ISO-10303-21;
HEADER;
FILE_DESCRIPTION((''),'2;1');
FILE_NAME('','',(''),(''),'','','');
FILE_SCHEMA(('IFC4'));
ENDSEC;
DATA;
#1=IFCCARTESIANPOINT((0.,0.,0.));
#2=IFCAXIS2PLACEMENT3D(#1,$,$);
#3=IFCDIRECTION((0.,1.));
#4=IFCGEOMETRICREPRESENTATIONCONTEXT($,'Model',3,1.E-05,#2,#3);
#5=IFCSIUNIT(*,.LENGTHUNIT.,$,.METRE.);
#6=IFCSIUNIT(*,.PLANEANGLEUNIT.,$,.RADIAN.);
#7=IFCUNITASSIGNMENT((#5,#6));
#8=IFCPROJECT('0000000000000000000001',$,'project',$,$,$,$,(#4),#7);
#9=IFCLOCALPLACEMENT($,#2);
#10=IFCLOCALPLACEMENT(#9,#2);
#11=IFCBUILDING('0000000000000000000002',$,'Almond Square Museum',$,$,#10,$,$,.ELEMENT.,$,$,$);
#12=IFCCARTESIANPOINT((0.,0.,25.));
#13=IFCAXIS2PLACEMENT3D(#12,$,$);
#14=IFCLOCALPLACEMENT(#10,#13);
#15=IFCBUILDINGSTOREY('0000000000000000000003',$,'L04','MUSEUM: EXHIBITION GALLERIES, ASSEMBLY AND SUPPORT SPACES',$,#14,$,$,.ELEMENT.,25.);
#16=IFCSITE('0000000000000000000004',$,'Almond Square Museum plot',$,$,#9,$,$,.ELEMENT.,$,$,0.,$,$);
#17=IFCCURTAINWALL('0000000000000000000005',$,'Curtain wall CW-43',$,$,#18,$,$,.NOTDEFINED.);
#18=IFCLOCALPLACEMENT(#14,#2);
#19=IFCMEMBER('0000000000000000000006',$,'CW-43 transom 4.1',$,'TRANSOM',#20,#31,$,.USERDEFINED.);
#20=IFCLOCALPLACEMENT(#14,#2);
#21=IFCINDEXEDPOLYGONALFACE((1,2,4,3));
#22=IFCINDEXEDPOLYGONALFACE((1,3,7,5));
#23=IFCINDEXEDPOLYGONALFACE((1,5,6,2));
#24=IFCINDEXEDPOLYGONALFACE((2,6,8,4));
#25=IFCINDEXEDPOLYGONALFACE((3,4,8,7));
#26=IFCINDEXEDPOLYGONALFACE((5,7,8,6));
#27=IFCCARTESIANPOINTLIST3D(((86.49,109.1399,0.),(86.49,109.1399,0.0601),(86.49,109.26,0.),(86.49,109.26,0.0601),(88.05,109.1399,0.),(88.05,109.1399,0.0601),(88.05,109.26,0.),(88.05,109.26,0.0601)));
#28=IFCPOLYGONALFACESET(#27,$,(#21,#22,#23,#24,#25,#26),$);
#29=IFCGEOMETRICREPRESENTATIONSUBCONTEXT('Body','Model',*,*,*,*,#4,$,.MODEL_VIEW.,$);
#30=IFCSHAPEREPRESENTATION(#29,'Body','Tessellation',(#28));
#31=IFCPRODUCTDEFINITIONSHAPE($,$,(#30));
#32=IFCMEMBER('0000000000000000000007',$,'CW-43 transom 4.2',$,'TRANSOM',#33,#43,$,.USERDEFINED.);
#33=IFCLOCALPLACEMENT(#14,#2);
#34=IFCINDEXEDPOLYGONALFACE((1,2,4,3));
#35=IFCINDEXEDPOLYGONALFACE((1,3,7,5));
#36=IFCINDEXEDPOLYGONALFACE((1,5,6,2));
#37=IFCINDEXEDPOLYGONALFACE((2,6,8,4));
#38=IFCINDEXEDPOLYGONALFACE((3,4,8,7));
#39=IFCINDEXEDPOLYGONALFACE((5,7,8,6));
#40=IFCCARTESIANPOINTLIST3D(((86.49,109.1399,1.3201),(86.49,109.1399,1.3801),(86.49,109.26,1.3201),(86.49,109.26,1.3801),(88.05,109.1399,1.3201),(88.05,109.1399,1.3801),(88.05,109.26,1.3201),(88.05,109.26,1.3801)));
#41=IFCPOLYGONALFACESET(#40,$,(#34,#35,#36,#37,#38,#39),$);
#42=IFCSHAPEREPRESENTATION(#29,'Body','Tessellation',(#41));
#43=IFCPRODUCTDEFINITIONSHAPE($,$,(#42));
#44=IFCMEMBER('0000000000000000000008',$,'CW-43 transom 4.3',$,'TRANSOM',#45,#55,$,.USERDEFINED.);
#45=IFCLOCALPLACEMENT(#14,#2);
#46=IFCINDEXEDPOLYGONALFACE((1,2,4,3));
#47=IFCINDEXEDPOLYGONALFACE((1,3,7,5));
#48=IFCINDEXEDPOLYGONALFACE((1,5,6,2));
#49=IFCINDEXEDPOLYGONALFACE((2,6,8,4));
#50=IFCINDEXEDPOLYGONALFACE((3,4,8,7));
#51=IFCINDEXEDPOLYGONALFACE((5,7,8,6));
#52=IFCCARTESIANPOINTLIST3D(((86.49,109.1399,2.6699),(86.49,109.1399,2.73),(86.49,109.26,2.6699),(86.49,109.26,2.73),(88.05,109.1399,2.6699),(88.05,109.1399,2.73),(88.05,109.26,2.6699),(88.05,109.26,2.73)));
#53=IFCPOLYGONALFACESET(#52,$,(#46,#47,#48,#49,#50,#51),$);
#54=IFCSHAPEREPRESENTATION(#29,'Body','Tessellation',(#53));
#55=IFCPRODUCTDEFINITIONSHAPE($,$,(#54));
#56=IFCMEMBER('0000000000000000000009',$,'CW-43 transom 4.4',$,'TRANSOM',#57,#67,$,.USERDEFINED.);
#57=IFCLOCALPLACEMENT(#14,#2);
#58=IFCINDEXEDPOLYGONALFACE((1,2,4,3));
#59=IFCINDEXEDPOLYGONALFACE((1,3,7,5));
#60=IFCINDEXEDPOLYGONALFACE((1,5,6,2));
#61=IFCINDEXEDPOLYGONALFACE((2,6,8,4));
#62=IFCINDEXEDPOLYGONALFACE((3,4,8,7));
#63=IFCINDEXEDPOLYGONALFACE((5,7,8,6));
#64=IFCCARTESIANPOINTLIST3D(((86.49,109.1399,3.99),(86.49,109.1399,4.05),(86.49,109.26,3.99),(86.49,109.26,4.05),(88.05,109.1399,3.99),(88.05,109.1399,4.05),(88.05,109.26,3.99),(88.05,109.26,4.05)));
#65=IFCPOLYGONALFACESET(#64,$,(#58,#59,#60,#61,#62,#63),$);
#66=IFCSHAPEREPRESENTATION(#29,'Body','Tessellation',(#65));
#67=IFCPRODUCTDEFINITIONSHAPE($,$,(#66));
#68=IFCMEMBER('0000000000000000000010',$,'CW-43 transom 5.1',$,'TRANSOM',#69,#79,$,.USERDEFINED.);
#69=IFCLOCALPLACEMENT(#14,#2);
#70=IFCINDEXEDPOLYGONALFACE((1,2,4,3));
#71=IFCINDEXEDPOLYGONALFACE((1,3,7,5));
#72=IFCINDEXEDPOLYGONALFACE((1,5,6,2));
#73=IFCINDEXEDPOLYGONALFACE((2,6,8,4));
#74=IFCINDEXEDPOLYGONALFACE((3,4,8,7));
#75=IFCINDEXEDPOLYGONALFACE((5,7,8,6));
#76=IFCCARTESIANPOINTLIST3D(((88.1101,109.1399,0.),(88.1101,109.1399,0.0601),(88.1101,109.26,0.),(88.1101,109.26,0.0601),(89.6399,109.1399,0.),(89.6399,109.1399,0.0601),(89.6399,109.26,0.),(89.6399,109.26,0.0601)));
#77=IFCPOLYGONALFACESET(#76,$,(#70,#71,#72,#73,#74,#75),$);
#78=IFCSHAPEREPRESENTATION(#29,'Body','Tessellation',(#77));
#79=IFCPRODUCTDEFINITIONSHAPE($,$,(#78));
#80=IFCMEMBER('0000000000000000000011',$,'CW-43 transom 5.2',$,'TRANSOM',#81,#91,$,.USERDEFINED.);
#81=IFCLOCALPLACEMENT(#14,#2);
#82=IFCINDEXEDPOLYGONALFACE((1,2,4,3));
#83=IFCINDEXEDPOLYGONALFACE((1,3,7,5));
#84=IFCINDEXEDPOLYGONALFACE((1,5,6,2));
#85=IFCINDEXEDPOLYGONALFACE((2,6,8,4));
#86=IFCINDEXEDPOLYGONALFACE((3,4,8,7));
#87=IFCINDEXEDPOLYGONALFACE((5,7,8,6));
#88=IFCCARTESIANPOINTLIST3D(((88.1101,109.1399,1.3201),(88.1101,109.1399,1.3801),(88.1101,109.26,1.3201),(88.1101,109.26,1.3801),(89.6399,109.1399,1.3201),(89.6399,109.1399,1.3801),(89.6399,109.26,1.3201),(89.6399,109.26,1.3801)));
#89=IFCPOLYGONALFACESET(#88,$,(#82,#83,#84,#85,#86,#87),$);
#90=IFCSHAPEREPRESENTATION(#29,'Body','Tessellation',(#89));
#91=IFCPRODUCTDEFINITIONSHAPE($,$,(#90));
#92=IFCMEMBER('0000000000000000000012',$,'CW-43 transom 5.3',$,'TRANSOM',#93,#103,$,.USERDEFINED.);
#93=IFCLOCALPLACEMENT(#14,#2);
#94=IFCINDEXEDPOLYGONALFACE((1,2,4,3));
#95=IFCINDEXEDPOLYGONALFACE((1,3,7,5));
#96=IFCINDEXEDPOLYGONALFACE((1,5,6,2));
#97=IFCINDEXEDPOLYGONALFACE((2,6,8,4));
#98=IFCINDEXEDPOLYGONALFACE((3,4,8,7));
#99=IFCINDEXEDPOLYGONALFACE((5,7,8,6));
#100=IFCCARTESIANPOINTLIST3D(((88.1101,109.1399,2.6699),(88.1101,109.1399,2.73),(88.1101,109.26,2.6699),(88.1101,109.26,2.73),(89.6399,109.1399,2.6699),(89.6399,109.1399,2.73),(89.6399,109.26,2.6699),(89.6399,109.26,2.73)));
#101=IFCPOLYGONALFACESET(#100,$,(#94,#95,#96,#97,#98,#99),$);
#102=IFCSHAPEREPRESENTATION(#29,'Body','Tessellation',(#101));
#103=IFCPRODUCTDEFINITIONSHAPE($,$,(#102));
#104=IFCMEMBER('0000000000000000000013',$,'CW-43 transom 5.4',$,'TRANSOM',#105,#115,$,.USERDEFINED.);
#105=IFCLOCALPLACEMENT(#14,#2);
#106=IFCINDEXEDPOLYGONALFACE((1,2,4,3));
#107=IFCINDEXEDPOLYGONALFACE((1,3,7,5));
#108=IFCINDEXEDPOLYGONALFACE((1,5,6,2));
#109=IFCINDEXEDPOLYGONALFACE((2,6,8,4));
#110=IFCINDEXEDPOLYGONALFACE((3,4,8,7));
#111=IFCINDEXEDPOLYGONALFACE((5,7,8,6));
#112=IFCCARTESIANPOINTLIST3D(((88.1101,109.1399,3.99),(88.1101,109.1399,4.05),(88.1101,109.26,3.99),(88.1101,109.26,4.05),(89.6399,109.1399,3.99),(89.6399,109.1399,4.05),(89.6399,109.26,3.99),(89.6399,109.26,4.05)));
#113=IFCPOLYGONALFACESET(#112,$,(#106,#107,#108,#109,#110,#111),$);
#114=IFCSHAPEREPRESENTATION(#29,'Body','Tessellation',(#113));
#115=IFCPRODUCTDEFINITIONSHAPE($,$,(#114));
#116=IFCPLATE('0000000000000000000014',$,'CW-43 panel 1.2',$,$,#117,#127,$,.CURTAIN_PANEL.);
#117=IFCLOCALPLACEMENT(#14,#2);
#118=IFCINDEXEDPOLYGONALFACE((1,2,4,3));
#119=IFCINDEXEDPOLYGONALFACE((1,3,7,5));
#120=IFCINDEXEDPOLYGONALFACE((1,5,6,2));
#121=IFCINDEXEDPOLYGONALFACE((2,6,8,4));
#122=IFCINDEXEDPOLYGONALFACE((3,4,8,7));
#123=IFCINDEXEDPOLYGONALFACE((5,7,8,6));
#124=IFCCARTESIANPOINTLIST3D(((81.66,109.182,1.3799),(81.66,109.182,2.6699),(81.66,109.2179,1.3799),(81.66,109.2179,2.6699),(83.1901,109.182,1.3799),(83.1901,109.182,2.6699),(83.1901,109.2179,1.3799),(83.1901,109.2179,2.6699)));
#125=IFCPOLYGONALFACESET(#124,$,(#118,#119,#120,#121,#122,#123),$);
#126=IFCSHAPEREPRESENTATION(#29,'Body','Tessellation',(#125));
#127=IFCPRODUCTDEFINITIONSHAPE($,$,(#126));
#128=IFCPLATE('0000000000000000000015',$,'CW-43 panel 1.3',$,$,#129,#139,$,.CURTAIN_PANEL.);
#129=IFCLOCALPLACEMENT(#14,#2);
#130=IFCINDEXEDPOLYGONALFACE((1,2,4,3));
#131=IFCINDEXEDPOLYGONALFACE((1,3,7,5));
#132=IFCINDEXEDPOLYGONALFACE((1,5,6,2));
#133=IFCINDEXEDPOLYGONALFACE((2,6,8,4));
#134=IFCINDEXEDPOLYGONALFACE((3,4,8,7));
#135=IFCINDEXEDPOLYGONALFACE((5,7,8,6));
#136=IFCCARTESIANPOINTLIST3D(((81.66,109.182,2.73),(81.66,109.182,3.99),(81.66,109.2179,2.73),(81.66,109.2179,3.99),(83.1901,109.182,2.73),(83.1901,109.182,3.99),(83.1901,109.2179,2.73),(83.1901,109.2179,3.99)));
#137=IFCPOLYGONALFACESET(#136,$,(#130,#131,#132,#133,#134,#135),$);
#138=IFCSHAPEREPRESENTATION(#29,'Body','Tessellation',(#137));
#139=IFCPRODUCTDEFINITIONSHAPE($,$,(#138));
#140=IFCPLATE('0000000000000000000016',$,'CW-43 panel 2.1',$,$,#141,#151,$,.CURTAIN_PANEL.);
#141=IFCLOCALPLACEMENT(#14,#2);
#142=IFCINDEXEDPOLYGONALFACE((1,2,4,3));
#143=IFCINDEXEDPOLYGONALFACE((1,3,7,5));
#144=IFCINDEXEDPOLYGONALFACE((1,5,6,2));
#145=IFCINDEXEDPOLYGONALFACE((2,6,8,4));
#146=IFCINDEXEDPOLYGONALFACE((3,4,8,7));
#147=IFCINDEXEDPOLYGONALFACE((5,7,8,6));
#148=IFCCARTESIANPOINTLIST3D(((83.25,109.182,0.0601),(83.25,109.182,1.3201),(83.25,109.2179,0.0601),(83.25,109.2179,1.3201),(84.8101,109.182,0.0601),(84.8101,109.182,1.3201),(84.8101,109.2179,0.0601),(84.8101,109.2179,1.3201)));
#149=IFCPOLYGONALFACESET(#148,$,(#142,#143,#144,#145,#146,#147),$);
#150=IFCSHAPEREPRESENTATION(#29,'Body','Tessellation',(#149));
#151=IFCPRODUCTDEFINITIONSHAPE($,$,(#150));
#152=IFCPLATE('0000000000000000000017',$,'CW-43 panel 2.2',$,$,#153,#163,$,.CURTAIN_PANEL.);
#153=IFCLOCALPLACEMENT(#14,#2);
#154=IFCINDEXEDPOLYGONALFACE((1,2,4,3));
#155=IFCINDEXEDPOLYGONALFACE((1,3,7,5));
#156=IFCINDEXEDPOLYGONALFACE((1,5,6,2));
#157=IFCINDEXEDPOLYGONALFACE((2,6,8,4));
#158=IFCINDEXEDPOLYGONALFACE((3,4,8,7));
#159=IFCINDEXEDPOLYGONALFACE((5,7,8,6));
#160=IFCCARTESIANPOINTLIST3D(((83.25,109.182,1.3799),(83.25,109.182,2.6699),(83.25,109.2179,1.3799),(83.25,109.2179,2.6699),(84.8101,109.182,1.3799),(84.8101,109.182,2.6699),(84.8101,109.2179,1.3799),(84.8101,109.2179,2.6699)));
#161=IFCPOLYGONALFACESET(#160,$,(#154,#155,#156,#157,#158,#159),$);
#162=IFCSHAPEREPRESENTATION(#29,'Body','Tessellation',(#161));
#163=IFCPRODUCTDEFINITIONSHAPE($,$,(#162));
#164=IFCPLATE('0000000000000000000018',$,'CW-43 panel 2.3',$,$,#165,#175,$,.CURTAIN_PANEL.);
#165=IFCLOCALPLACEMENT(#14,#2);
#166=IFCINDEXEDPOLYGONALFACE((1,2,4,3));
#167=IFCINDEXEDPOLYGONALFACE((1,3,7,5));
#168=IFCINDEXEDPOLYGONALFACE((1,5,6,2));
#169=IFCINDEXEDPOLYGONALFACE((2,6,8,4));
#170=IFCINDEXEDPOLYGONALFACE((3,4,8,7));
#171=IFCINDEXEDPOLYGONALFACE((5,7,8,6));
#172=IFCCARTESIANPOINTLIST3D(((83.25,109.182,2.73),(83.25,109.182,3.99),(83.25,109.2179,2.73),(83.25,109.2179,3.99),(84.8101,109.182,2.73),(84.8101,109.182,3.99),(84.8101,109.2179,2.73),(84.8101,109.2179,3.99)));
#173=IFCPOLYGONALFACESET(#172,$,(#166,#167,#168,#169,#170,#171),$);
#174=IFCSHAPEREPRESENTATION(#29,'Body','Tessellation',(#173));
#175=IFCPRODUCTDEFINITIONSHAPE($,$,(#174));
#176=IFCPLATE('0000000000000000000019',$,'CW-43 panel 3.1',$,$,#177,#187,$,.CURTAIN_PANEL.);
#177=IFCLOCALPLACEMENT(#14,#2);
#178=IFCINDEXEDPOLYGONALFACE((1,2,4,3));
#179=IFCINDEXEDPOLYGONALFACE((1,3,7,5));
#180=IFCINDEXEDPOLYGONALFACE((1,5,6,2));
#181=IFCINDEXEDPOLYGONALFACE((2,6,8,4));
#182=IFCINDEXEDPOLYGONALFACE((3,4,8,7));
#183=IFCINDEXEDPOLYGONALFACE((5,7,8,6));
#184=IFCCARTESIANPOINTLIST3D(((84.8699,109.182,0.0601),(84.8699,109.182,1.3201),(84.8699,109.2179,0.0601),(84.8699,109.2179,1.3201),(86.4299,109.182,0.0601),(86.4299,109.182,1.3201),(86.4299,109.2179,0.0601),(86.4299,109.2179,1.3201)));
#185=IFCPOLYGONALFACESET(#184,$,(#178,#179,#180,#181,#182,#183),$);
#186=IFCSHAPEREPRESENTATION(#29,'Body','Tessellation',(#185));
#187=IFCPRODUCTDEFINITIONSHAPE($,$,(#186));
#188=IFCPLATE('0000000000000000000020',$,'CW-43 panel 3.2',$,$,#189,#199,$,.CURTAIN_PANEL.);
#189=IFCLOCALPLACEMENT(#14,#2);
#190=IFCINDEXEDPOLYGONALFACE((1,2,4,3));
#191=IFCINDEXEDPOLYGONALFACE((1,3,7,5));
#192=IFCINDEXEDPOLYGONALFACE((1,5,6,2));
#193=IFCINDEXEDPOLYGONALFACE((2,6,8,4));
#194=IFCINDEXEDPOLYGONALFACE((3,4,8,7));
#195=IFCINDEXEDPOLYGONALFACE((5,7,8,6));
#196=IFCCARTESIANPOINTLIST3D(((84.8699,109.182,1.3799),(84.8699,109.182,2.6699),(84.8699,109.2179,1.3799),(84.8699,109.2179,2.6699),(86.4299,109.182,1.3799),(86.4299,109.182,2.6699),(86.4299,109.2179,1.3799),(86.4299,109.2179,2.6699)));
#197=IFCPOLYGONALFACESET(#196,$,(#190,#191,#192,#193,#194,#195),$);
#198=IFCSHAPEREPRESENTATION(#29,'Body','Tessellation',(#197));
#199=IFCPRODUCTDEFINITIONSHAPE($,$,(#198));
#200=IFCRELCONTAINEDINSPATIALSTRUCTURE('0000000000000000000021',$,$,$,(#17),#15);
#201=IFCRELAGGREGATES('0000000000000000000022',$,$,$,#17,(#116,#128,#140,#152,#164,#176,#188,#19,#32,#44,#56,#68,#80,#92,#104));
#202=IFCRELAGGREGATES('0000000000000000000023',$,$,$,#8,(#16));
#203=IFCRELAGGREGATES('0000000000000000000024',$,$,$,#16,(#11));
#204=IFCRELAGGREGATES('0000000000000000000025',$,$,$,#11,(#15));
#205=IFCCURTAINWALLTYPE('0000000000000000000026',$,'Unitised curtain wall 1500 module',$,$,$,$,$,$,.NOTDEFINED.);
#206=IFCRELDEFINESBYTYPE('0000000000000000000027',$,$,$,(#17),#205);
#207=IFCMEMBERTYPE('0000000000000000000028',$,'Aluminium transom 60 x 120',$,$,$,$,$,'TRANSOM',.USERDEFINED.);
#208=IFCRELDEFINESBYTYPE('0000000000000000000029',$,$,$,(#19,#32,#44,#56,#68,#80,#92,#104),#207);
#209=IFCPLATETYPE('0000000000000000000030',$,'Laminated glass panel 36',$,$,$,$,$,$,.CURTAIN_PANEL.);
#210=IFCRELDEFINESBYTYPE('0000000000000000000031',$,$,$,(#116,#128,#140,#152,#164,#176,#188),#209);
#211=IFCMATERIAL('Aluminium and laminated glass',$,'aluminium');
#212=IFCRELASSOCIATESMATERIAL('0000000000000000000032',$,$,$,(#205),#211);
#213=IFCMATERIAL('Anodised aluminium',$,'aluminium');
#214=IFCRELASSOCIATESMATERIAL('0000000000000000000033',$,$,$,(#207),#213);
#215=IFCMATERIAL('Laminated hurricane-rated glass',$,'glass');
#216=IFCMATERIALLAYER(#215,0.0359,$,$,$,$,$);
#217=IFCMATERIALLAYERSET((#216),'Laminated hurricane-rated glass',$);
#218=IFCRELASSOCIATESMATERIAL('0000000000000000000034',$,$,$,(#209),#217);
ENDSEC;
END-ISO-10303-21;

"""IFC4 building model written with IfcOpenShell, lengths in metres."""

from ifc_helpers import new_model, si_unit, direction, frame, origin, origin_2d, place, context, subcontext, project, spatial, rectangle, extrude, material, layer, layer_set, material_profile, profile_set, type_object, element, aggregate, save


model = new_model("IFC4")

# Units and contexts
model_context = context("Model", 3, precision=1e-05, world=origin(), true_north=direction((0.0, 1.0)))
body_context = subcontext(model_context, "Body", "Model", "MODEL_VIEW")
ifc_project = project(units=[si_unit("LENGTHUNIT", "METRE"), si_unit("PLANEANGLEUNIT", "RADIAN")], contexts=[model_context])

# Site, building, storey
site_placement = place(None, origin())
site = spatial("IfcSite", under=ifc_project, at=site_placement, Name="Almond Square Museum plot", CompositionType="ELEMENT", RefElevation=0.0)
building_placement = place(site_placement, origin())
building = spatial("IfcBuilding", under=site, at=building_placement, Name="Almond Square Museum", CompositionType="ELEMENT")
storey_placement = place(building_placement, frame((0.0, 0.0, 25.0)))
storey = spatial("IfcBuildingStorey", under=building, at=storey_placement, Name="L04", Description="MUSEUM: EXHIBITION GALLERIES, ASSEMBLY AND SUPPORT SPACES", CompositionType="ELEMENT", Elevation=25.0)

# Curtain wall, members, plates
ifc_material_1 = material(Name="Aluminium and laminated glass", Category="aluminium")
curtain_wall_type = type_object("IfcCurtainWallType", Name="Unitised curtain wall 1500 module", PredefinedType="NOTDEFINED", material=ifc_material_1)
curtain_wall_placement = place(storey_placement, origin())
curtain_wall = element("IfcCurtainWall", 1, at=curtain_wall_placement, inside=storey, type_object=curtain_wall_type, Name="Curtain wall CW-43", PredefinedType="NOTDEFINED")
ifc_material_2 = material(Name="Anodised aluminium", Category="aluminium")
ifc_material_profile_1 = material_profile(ifc_material_2, rectangle(XDim=0.1201, YDim=0.0601, at=origin_2d()))
ifc_profile_set_1 = profile_set([ifc_material_profile_1], Name="Anodised aluminium")
member_type_1 = type_object("IfcMemberType", Name="Aluminium transom 60 x 120", ElementType="TRANSOM", PredefinedType="USERDEFINED", material=ifc_profile_set_1)
member_1_placement = place(storey_placement, frame((86.49, 109.2, 0.03), z_axis=(1.0, 0.0, 0.0), x_axis=(0.0, 1.0, 0.0)))
member_1 = element("IfcMember", 2, at=member_1_placement, type_object=member_type_1, Name="CW-43 transom 4.1", ObjectType="TRANSOM", PredefinedType="USERDEFINED", context=body_context, shape_type="SweptSolid", body=[
    extrude(rectangle(XDim=0.1201, YDim=0.0601, at=origin_2d()), origin(), (0.0, 0.0, 1.0), 1.5601),
])
member_2_placement = place(storey_placement, frame((86.49, 109.2, 1.3501), z_axis=(1.0, 0.0, 0.0), x_axis=(0.0, 1.0, 0.0)))
member_2 = element("IfcMember", 3, at=member_2_placement, type_object=member_type_1, Name="CW-43 transom 4.2", ObjectType="TRANSOM", PredefinedType="USERDEFINED", context=body_context, shape_type="SweptSolid", body=[
    extrude(rectangle(XDim=0.1201, YDim=0.0601, at=origin_2d()), origin(), (0.0, 0.0, 1.0), 1.5601),
])
member_3_placement = place(storey_placement, frame((86.49, 109.2, 2.7), z_axis=(1.0, 0.0, 0.0), x_axis=(0.0, 1.0, 0.0)))
member_3 = element("IfcMember", 4, at=member_3_placement, type_object=member_type_1, Name="CW-43 transom 4.3", ObjectType="TRANSOM", PredefinedType="USERDEFINED", context=body_context, shape_type="SweptSolid", body=[
    extrude(rectangle(XDim=0.1201, YDim=0.0601, at=origin_2d()), origin(), (0.0, 0.0, 1.0), 1.5601),
])
member_4_placement = place(storey_placement, frame((86.49, 109.2, 4.02), z_axis=(1.0, 0.0, 0.0), x_axis=(0.0, 1.0, 0.0)))
member_4 = element("IfcMember", 5, at=member_4_placement, type_object=member_type_1, Name="CW-43 transom 4.4", ObjectType="TRANSOM", PredefinedType="USERDEFINED", context=body_context, shape_type="SweptSolid", body=[
    extrude(rectangle(XDim=0.1201, YDim=0.0601, at=origin_2d()), origin(), (0.0, 0.0, 1.0), 1.5601),
])
member_5_placement = place(storey_placement, frame((88.1101, 109.2, 0.03), z_axis=(1.0, 0.0, 0.0), x_axis=(0.0, 1.0, 0.0)))
member_5 = element("IfcMember", 6, at=member_5_placement, type_object=member_type_1, Name="CW-43 transom 5.1", ObjectType="TRANSOM", PredefinedType="USERDEFINED", context=body_context, shape_type="SweptSolid", body=[
    extrude(rectangle(XDim=0.1201, YDim=0.0601, at=origin_2d()), origin(), (0.0, 0.0, 1.0), 1.5298),
])
member_6_placement = place(storey_placement, frame((88.1101, 109.2, 1.3501), z_axis=(1.0, 0.0, 0.0), x_axis=(0.0, 1.0, 0.0)))
member_6 = element("IfcMember", 7, at=member_6_placement, type_object=member_type_1, Name="CW-43 transom 5.2", ObjectType="TRANSOM", PredefinedType="USERDEFINED", context=body_context, shape_type="SweptSolid", body=[
    extrude(rectangle(XDim=0.1201, YDim=0.0601, at=origin_2d()), origin(), (0.0, 0.0, 1.0), 1.5298),
])
member_7_placement = place(storey_placement, frame((88.1101, 109.2, 2.7), z_axis=(1.0, 0.0, 0.0), x_axis=(0.0, 1.0, 0.0)))
member_7 = element("IfcMember", 8, at=member_7_placement, type_object=member_type_1, Name="CW-43 transom 5.3", ObjectType="TRANSOM", PredefinedType="USERDEFINED", context=body_context, shape_type="SweptSolid", body=[
    extrude(rectangle(XDim=0.1201, YDim=0.0601, at=origin_2d()), origin(), (0.0, 0.0, 1.0), 1.5298),
])
member_8_placement = place(storey_placement, frame((88.1101, 109.2, 4.02), z_axis=(1.0, 0.0, 0.0), x_axis=(0.0, 1.0, 0.0)))
member_8 = element("IfcMember", 9, at=member_8_placement, type_object=member_type_1, Name="CW-43 transom 5.4", ObjectType="TRANSOM", PredefinedType="USERDEFINED", context=body_context, shape_type="SweptSolid", body=[
    extrude(rectangle(XDim=0.1201, YDim=0.0601, at=origin_2d()), origin(), (0.0, 0.0, 1.0), 1.5298),
])
ifc_material_3 = material(Name="Laminated hurricane-rated glass", Category="glass")
ifc_layer = layer(ifc_material_3, 0.0359)
ifc_layer_set = layer_set([ifc_layer], Name="Laminated hurricane-rated glass")
plate_type = type_object("IfcPlateType", Name="Laminated glass panel 36", PredefinedType="CURTAIN_PANEL", material=ifc_layer_set)
plate_1_placement = place(storey_placement, frame((82.425, 109.2, 1.3799), z_axis=(0.0, 0.0, 1.0), x_axis=(1.0, 0.0, 0.0)))
plate_1 = element("IfcPlate", 10, at=plate_1_placement, type_object=plate_type, Name="CW-43 panel 1.2", PredefinedType="CURTAIN_PANEL", context=body_context, shape_type="SweptSolid", body=[
    extrude(rectangle(XDim=1.53, YDim=0.0359, at=origin_2d()), origin(), (0.0, 0.0, 1.0), 1.29),
])
plate_2_placement = place(storey_placement, frame((82.425, 109.2, 2.73), z_axis=(0.0, 0.0, 1.0), x_axis=(1.0, 0.0, 0.0)))
plate_2 = element("IfcPlate", 11, at=plate_2_placement, type_object=plate_type, Name="CW-43 panel 1.3", PredefinedType="CURTAIN_PANEL", context=body_context, shape_type="SweptSolid", body=[
    extrude(rectangle(XDim=1.53, YDim=0.0359, at=origin_2d()), origin(), (0.0, 0.0, 1.0), 1.26),
])
plate_3_placement = place(storey_placement, frame((84.03, 109.2, 0.0601), z_axis=(0.0, 0.0, 1.0), x_axis=(1.0, 0.0, 0.0)))
plate_3 = element("IfcPlate", 12, at=plate_3_placement, type_object=plate_type, Name="CW-43 panel 2.1", PredefinedType="CURTAIN_PANEL", context=body_context, shape_type="SweptSolid", body=[
    extrude(rectangle(XDim=1.5601, YDim=0.0359, at=origin_2d()), origin(), (0.0, 0.0, 1.0), 1.26),
])
plate_4_placement = place(storey_placement, frame((84.03, 109.2, 1.3799), z_axis=(0.0, 0.0, 1.0), x_axis=(1.0, 0.0, 0.0)))
plate_4 = element("IfcPlate", 13, at=plate_4_placement, type_object=plate_type, Name="CW-43 panel 2.2", PredefinedType="CURTAIN_PANEL", context=body_context, shape_type="SweptSolid", body=[
    extrude(rectangle(XDim=1.5601, YDim=0.0359, at=origin_2d()), origin(), (0.0, 0.0, 1.0), 1.29),
])
plate_5_placement = place(storey_placement, frame((84.03, 109.2, 2.73), z_axis=(0.0, 0.0, 1.0), x_axis=(1.0, 0.0, 0.0)))
plate_5 = element("IfcPlate", 14, at=plate_5_placement, type_object=plate_type, Name="CW-43 panel 2.3", PredefinedType="CURTAIN_PANEL", context=body_context, shape_type="SweptSolid", body=[
    extrude(rectangle(XDim=1.5601, YDim=0.0359, at=origin_2d()), origin(), (0.0, 0.0, 1.0), 1.26),
])
plate_6_placement = place(storey_placement, frame((85.6499, 109.2, 0.0601), z_axis=(0.0, 0.0, 1.0), x_axis=(1.0, 0.0, 0.0)))
plate_6 = element("IfcPlate", 15, at=plate_6_placement, type_object=plate_type, Name="CW-43 panel 3.1", PredefinedType="CURTAIN_PANEL", context=body_context, shape_type="SweptSolid", body=[
    extrude(rectangle(XDim=1.5601, YDim=0.0359, at=origin_2d()), origin(), (0.0, 0.0, 1.0), 1.26),
])
plate_7_placement = place(storey_placement, frame((85.6499, 109.2, 1.3799), z_axis=(0.0, 0.0, 1.0), x_axis=(1.0, 0.0, 0.0)))
plate_7 = element("IfcPlate", 16, at=plate_7_placement, type_object=plate_type, Name="CW-43 panel 3.2", PredefinedType="CURTAIN_PANEL", context=body_context, shape_type="SweptSolid", body=[
    extrude(rectangle(XDim=1.5601, YDim=0.0359, at=origin_2d()), origin(), (0.0, 0.0, 1.0), 1.29),
])
aggregate(curtain_wall, [plate_1, plate_2, plate_3, plate_4, plate_5, plate_6, plate_7, member_1, member_2, member_3, member_4, member_5, member_6, member_7, member_8])

save(model, "model.ifc")
